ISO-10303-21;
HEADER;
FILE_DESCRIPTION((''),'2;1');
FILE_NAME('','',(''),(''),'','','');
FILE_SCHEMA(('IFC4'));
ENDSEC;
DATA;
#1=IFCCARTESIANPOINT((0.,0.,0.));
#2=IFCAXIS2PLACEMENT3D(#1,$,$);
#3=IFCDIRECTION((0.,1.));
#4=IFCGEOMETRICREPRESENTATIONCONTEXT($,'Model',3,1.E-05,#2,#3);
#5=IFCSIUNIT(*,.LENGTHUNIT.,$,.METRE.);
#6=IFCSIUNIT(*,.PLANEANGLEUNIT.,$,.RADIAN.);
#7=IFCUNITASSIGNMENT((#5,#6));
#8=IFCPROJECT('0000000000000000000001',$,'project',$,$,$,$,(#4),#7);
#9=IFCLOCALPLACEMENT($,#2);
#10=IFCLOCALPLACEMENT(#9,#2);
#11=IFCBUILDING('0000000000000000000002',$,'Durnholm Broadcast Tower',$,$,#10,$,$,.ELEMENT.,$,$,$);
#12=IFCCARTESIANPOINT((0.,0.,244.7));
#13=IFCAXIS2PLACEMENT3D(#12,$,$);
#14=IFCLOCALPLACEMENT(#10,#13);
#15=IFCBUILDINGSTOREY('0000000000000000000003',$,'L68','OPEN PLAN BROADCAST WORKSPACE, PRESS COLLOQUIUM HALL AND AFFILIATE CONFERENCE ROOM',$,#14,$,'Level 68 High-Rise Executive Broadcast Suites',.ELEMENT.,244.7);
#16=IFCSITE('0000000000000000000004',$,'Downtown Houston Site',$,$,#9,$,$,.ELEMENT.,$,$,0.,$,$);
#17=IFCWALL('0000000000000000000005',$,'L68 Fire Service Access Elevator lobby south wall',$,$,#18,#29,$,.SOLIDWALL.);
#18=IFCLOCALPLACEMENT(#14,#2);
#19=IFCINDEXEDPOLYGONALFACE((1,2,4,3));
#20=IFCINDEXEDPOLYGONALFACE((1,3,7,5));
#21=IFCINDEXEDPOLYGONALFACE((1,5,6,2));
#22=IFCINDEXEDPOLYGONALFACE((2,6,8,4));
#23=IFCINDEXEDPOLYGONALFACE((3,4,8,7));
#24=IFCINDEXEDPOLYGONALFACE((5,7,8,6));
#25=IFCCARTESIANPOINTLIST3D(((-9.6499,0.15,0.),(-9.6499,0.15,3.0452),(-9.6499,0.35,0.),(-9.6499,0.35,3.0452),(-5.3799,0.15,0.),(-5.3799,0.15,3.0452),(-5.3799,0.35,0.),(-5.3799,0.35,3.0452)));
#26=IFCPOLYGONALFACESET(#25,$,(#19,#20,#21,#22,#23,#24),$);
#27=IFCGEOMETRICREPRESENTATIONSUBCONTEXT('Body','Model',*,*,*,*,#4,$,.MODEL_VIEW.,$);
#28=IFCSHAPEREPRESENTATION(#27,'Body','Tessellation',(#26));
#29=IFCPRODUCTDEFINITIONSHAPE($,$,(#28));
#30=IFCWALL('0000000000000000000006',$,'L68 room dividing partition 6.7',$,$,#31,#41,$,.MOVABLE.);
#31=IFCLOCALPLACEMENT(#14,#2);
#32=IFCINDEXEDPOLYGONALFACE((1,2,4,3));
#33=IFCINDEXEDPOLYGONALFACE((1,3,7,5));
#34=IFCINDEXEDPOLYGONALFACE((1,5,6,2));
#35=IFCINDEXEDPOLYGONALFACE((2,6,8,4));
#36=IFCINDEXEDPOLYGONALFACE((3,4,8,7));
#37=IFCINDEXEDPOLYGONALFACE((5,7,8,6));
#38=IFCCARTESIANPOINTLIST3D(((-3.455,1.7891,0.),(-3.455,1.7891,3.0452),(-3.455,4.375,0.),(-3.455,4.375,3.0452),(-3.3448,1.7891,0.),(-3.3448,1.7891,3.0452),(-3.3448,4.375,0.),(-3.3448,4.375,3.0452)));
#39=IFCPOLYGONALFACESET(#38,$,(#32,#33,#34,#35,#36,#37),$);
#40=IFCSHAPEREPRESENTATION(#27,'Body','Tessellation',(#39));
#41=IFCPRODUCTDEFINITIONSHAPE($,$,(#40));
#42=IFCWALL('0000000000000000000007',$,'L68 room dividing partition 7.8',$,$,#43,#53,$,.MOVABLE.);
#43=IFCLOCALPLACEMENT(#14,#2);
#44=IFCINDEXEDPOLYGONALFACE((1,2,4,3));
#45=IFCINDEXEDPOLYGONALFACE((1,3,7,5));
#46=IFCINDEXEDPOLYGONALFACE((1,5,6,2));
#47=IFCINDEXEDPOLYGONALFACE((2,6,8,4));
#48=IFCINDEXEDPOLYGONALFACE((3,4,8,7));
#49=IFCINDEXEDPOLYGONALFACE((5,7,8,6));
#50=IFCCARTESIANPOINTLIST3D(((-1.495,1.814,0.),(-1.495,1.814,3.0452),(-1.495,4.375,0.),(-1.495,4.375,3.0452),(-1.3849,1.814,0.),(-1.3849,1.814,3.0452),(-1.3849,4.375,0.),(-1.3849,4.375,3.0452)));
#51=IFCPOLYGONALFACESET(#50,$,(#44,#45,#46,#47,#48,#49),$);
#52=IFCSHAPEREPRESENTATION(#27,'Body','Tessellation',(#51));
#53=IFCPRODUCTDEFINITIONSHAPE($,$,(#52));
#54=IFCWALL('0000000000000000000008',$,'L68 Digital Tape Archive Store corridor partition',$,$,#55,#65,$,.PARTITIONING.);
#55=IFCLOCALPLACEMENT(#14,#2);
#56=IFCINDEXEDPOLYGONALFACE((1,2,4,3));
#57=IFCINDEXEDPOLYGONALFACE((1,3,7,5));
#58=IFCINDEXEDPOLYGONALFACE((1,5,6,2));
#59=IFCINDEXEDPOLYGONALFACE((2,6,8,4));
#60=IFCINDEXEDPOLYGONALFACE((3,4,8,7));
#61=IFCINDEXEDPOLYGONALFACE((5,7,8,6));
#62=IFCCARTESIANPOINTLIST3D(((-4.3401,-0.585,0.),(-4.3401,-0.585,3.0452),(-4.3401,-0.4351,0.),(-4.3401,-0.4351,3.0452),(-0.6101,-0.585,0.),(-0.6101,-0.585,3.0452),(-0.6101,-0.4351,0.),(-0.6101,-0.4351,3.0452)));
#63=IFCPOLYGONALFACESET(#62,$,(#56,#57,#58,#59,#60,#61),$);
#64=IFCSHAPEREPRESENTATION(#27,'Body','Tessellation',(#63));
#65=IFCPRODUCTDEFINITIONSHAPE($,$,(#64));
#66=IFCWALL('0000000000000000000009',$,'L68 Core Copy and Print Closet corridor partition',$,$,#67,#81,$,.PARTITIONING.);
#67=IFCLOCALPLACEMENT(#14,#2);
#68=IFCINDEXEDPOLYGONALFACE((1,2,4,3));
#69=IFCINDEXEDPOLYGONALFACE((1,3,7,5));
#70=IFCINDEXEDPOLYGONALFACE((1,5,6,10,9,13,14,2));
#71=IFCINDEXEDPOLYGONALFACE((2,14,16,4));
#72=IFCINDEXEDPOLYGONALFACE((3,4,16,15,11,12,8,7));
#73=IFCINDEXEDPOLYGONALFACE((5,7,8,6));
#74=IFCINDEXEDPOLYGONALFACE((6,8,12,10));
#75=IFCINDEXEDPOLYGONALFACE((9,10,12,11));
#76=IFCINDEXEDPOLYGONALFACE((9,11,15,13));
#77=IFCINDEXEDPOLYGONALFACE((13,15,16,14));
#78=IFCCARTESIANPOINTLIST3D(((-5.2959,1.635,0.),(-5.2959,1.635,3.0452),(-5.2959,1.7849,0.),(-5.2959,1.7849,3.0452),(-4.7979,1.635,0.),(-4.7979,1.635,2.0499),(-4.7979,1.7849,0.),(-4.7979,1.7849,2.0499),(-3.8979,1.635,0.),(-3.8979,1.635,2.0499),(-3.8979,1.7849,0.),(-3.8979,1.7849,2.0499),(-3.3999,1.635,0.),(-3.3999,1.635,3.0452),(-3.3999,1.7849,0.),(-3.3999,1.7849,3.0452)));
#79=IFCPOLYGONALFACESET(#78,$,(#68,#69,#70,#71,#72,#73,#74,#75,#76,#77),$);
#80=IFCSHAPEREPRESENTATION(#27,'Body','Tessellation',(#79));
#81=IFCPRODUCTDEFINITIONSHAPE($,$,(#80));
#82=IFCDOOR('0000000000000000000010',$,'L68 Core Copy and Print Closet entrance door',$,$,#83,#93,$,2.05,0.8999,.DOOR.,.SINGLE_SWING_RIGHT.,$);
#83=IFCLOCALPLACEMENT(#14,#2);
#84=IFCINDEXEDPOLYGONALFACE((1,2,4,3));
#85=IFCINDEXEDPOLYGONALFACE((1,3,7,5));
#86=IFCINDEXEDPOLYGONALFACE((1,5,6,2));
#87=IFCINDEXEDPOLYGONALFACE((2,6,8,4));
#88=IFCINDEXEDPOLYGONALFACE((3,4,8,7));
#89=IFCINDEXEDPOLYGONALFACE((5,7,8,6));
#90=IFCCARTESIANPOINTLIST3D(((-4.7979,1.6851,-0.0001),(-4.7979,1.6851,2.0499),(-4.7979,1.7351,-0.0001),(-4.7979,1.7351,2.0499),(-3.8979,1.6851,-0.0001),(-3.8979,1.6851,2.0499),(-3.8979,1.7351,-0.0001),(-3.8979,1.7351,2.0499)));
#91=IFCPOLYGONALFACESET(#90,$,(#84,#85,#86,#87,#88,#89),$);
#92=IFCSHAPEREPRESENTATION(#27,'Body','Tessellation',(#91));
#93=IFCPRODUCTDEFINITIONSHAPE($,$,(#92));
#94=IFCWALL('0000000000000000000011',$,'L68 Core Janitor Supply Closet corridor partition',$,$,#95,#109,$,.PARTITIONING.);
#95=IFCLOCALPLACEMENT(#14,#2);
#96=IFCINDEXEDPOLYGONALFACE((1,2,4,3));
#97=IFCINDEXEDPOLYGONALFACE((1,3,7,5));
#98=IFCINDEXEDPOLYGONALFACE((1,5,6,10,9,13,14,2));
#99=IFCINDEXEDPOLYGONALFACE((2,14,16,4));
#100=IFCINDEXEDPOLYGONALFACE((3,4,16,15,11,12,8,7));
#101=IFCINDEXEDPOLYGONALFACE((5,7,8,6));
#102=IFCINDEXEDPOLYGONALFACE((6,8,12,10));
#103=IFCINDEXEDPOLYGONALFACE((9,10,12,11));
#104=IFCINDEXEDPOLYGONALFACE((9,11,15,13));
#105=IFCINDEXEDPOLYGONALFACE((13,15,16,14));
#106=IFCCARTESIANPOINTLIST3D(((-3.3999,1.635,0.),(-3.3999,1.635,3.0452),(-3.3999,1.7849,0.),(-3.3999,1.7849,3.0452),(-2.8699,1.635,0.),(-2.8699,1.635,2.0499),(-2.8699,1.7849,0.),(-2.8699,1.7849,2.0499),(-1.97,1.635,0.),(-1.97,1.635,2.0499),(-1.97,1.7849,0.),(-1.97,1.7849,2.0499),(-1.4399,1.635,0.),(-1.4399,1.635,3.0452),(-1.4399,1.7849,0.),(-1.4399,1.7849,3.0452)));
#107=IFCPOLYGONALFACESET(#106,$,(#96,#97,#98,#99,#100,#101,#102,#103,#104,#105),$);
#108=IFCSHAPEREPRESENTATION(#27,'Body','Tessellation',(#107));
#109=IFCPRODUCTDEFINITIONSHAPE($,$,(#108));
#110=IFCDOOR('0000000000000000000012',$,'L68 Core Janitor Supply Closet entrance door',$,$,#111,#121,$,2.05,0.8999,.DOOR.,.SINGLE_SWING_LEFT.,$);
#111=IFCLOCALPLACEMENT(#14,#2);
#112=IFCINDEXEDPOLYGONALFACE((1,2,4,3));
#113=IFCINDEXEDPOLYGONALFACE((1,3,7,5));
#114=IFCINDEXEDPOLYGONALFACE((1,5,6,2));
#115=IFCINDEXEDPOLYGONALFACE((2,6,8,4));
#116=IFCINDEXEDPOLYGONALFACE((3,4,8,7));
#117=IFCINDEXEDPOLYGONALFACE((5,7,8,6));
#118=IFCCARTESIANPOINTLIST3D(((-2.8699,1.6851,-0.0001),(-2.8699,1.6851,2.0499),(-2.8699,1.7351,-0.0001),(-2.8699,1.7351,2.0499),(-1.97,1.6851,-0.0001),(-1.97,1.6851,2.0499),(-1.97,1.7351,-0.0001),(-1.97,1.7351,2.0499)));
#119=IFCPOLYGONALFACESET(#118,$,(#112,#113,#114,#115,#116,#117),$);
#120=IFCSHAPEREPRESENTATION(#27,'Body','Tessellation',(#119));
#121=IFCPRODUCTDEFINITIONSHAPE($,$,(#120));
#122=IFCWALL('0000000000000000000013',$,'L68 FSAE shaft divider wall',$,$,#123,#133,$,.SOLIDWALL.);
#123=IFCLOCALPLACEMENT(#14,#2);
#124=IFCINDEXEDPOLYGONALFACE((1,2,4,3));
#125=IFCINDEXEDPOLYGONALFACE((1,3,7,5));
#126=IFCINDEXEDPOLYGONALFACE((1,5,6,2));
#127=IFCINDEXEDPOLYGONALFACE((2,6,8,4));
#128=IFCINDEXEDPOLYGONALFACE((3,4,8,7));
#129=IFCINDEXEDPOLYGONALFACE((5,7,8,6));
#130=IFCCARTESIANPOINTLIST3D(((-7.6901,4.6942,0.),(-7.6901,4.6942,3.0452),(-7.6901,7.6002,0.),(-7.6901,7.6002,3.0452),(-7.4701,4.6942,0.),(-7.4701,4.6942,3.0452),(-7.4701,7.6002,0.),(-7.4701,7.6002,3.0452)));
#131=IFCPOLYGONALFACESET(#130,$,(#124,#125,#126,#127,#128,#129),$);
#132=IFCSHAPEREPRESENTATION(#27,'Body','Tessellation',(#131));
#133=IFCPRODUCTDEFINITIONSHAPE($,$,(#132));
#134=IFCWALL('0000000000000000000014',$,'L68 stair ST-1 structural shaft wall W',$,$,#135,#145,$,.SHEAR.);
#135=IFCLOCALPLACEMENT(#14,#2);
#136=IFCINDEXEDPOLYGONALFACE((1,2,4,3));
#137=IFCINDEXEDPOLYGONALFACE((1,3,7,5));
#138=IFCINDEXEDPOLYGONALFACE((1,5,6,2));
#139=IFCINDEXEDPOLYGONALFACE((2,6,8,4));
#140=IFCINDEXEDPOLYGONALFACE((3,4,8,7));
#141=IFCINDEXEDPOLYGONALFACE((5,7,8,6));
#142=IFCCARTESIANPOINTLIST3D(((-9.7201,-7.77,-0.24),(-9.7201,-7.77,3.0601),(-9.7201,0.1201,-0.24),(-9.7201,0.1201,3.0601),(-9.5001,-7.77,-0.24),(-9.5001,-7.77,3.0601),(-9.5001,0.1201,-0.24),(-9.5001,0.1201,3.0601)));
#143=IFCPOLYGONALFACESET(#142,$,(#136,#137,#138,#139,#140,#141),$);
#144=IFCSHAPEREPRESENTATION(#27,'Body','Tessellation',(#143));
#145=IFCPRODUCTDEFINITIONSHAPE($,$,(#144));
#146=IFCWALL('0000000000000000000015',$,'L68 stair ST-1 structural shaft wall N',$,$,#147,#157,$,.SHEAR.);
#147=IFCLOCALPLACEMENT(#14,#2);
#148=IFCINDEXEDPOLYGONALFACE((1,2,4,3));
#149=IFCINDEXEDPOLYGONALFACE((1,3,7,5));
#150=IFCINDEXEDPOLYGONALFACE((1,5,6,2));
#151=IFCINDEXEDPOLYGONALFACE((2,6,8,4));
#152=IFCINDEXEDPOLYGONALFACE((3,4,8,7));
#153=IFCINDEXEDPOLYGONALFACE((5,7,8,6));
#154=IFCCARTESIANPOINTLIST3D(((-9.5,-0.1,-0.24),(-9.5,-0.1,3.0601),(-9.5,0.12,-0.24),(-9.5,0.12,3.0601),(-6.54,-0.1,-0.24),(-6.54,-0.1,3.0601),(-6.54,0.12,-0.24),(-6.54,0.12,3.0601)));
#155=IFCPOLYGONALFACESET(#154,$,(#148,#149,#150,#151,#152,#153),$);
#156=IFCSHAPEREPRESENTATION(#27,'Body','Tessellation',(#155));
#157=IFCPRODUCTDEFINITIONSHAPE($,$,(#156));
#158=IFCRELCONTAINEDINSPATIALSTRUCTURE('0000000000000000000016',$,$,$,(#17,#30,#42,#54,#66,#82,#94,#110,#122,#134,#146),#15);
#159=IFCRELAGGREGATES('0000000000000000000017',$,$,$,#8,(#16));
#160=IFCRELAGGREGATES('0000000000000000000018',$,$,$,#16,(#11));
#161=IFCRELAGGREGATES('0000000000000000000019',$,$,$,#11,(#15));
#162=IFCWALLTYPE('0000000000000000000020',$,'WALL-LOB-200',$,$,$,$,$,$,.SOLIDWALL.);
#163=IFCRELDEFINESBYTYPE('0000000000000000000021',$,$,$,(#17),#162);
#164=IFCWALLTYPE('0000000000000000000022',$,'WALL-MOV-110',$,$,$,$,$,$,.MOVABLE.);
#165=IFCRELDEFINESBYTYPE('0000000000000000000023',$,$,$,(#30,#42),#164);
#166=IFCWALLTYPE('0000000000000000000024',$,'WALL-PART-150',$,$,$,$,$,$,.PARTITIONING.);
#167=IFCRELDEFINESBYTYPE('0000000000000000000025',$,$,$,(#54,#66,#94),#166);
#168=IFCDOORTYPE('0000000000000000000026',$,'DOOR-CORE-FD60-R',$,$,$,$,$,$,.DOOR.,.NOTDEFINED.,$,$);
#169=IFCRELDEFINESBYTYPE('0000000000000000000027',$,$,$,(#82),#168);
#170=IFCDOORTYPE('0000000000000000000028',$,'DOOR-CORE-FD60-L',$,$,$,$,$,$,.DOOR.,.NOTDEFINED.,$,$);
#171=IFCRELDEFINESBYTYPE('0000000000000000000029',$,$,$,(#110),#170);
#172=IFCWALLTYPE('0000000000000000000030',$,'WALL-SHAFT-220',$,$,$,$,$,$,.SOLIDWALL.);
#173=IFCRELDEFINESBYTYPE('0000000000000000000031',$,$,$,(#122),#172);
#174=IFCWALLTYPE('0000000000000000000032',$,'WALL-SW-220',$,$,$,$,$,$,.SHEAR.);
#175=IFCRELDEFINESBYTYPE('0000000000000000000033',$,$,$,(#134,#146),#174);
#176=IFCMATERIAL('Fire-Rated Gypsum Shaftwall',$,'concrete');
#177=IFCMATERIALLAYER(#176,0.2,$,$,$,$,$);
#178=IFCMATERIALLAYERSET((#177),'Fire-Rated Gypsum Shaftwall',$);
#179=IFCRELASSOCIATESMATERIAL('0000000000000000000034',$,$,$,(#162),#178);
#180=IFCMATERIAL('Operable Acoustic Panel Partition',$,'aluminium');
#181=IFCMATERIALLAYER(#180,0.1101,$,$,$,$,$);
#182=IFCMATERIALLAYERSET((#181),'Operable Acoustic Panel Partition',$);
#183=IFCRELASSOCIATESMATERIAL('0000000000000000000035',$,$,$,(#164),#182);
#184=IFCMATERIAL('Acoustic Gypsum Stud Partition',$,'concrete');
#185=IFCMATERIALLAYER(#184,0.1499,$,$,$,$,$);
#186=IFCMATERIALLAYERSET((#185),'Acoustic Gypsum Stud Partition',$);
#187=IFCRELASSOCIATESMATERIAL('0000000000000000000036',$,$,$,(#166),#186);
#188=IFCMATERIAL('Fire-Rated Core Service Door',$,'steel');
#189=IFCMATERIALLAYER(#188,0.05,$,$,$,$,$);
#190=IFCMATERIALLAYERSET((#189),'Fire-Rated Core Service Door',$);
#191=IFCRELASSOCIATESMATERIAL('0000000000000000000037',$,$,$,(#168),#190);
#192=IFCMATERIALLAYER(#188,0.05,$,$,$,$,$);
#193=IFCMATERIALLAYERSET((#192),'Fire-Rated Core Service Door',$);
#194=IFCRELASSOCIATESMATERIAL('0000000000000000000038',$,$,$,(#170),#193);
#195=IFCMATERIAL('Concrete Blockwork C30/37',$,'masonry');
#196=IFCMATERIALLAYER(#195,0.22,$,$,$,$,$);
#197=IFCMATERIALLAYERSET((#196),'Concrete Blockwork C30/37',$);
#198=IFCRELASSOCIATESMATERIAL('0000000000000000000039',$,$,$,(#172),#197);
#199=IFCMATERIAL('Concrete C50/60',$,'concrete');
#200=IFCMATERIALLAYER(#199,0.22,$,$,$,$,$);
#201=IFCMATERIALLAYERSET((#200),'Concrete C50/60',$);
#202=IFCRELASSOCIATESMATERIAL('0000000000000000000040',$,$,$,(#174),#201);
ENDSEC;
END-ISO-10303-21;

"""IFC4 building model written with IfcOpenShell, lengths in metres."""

from ifc_helpers import new_model, si_unit, direction, frame, frame_2d, origin, place, context, subcontext, project, spatial, rectangle, extrude, source, transform, mapped, material, layer, layer_set, type_object, type_shapes, element, fill, save


model = new_model("IFC4")

# Units and contexts
model_context = context("Model", 3, precision=1e-05, world=origin(), true_north=direction((0.0, 1.0)))
body_context = subcontext(model_context, "Body", "Model", "MODEL_VIEW")
ifc_project = project(units=[si_unit("LENGTHUNIT", "METRE"), si_unit("PLANEANGLEUNIT", "RADIAN")], contexts=[model_context])

# Site, building, storey
site_placement = place(None, origin())
site = spatial("IfcSite", under=ifc_project, at=site_placement, Name="Downtown Houston Site", CompositionType="ELEMENT", RefElevation=0.0)
building_placement = place(site_placement, origin())
building = spatial("IfcBuilding", under=site, at=building_placement, Name="Durnholm Broadcast Tower", CompositionType="ELEMENT")
storey_placement = place(building_placement, frame((0.0, 0.0, 244.7)))
storey = spatial("IfcBuildingStorey", under=building, at=storey_placement, Name="L68", Description="OPEN PLAN BROADCAST WORKSPACE, PRESS COLLOQUIUM HALL AND AFFILIATE CONFERENCE ROOM", LongName="Level 68 High-Rise Executive Broadcast Suites", CompositionType="ELEMENT", Elevation=244.7)

# Wall
ifc_material_1 = material(Name="Fire-Rated Gypsum Shaftwall", Category="concrete")
ifc_layer_1 = layer(ifc_material_1, 0.2)
ifc_layer_set_1 = layer_set([ifc_layer_1], Name="Fire-Rated Gypsum Shaftwall")
wall_type_1 = type_object("IfcWallType", Name="WALL-LOB-200", PredefinedType="SOLIDWALL", material=ifc_layer_set_1)
wall_1_placement = place(storey_placement, frame((-9.6499, 0.25, 0.0), z_axis=(0.0, 0.0, 1.0), x_axis=(1.0, 0.0, 0.0)))
element("IfcWall", 1, at=wall_1_placement, inside=storey, type_object=wall_type_1, Name="L68 Fire Service Access Elevator lobby south wall", PredefinedType="SOLIDWALL", context=body_context, shape_type="SweptSolid", body=[
    extrude(rectangle(XDim=4.27, YDim=0.2, at=frame_2d((2.135, 0.0))), origin(), (0.0, 0.0, 1.0), 3.0452),
])

# Walls
ifc_material_2 = material(Name="Operable Acoustic Panel Partition", Category="aluminium")
ifc_layer_2 = layer(ifc_material_2, 0.1101)
ifc_layer_set_2 = layer_set([ifc_layer_2], Name="Operable Acoustic Panel Partition")
wall_type_2 = type_object("IfcWallType", Name="WALL-MOV-110", PredefinedType="MOVABLE", material=ifc_layer_set_2)
wall_2_placement = place(storey_placement, frame((-3.3999, 4.375, 0.0), z_axis=(0.0, 0.0, 1.0), x_axis=(0.0, -1.0, 0.0)))
element("IfcWall", 2, at=wall_2_placement, inside=storey, type_object=wall_type_2, Name="L68 room dividing partition 6.7", PredefinedType="MOVABLE", context=body_context, shape_type="SweptSolid", body=[
    extrude(rectangle(XDim=2.5859, YDim=0.1101, at=frame_2d((1.293, 0.0))), origin(), (0.0, 0.0, 1.0), 3.0452),
])
wall_3_placement = place(storey_placement, frame((-1.4399, 4.375, 0.0), z_axis=(0.0, 0.0, 1.0), x_axis=(0.0, -1.0, 0.0)))
element("IfcWall", 3, at=wall_3_placement, inside=storey, type_object=wall_type_2, Name="L68 room dividing partition 7.8", PredefinedType="MOVABLE", context=body_context, shape_type="SweptSolid", body=[
    extrude(rectangle(XDim=2.561, YDim=0.1101, at=frame_2d((1.2805, 0.0))), origin(), (0.0, 0.0, 1.0), 3.0452),
])
ifc_material_3 = material(Name="Acoustic Gypsum Stud Partition", Category="concrete")
ifc_layer_3 = layer(ifc_material_3, 0.1499)
ifc_layer_set_3 = layer_set([ifc_layer_3], Name="Acoustic Gypsum Stud Partition")
wall_type_3 = type_object("IfcWallType", Name="WALL-PART-150", PredefinedType="PARTITIONING", material=ifc_layer_set_3)
wall_4_placement = place(storey_placement, frame((-4.3401, -0.51, 0.0), z_axis=(0.0, 0.0, 1.0), x_axis=(1.0, 0.0, 0.0)))
element("IfcWall", 4, at=wall_4_placement, inside=storey, type_object=wall_type_3, Name="L68 Digital Tape Archive Store corridor partition", PredefinedType="PARTITIONING", context=body_context, shape_type="SweptSolid", body=[
    extrude(rectangle(XDim=3.73, YDim=0.1499, at=frame_2d((1.865, 0.0))), origin(), (0.0, 0.0, 1.0), 3.0452),
])

# Walls, openings, doors
wall_5_placement = place(storey_placement, frame((-3.3999, 1.71, 0.0), z_axis=(0.0, 0.0, 1.0), x_axis=(-1.0, 0.0, 0.0)))
wall_5 = element("IfcWall", 5, at=wall_5_placement, inside=storey, type_object=wall_type_3, Name="L68 Core Copy and Print Closet corridor partition", PredefinedType="PARTITIONING", context=body_context, shape_type="SweptSolid", body=[
    extrude(rectangle(XDim=1.896, YDim=0.1499, at=frame_2d((0.948, 0.0))), origin(), (0.0, 0.0, 1.0), 3.0452),
])
opening_1_placement = place(wall_5_placement, frame((0.498, 0.0, 0.0)))
opening_1 = element("IfcOpeningElement", 6, at=opening_1_placement, cuts=wall_5, PredefinedType="OPENING", context=body_context, shape_type="SweptSolid", body=[
    extrude(rectangle(XDim=0.8999, YDim=2.05, at=frame_2d((0.45, 1.0249))), frame((0.0, 0.085, 0.0), z_axis=(0.0, -1.0, 0.0), x_axis=(1.0, 0.0, 0.0)), (0.0, 0.0, 1.0), 0.1699),
])
ifc_material_4 = material(Name="Fire-Rated Core Service Door", Category="steel")
ifc_layer_4 = layer(ifc_material_4, 0.05)
ifc_layer_set_4 = layer_set([ifc_layer_4], Name="Fire-Rated Core Service Door")
door_type_1 = type_object("IfcDoorType", Name="DOOR-CORE-FD60-R", OperationType="NOTDEFINED", PredefinedType="DOOR", material=ifc_layer_set_4)
shared_shape_1 = source(origin(), body_context, "Body", "SweptSolid", [
    extrude(rectangle(XDim=0.8999, YDim=2.05, at=frame_2d((0.45, 1.0249))), frame((0.0, 0.0249, 0.0), z_axis=(0.0, -1.0, 0.0), x_axis=(1.0, 0.0, 0.0)), (0.0, 0.0, 1.0), 0.05),
])
type_shapes(door_type_1, [shared_shape_1])
door_1_placement = place(opening_1_placement, origin())
door_1 = element("IfcDoor", 7, at=door_1_placement, inside=storey, type_object=door_type_1, Name="L68 Core Copy and Print Closet entrance door", OperationType="SINGLE_SWING_RIGHT", OverallHeight=2.05, OverallWidth=0.8999, PredefinedType="DOOR", context=body_context, shape_type="MappedRepresentation", body=[
    mapped(shared_shape_1, transform((0.0, 0.0, 0.0), x_axis=(1.0, 0.0, 0.0), y_axis=(0.0, 1.0, 0.0), z_axis=(0.0, 0.0, 1.0), scale=1.0)),
])
fill(opening_1, door_1)
wall_6_placement = place(storey_placement, frame((-1.4399, 1.71, 0.0), z_axis=(0.0, 0.0, 1.0), x_axis=(-1.0, 0.0, 0.0)))
wall_6 = element("IfcWall", 8, at=wall_6_placement, inside=storey, type_object=wall_type_3, Name="L68 Core Janitor Supply Closet corridor partition", PredefinedType="PARTITIONING", context=body_context, shape_type="SweptSolid", body=[
    extrude(rectangle(XDim=1.96, YDim=0.1499, at=frame_2d((0.98, 0.0))), origin(), (0.0, 0.0, 1.0), 3.0452),
])
opening_2_placement = place(wall_6_placement, frame((0.53, 0.0, 0.0)))
opening_2 = element("IfcOpeningElement", 9, at=opening_2_placement, cuts=wall_6, PredefinedType="OPENING", context=body_context, shape_type="SweptSolid", body=[
    extrude(rectangle(XDim=0.8999, YDim=2.05, at=frame_2d((0.45, 1.0249))), frame((0.0, 0.085, 0.0), z_axis=(0.0, -1.0, 0.0), x_axis=(1.0, 0.0, 0.0)), (0.0, 0.0, 1.0), 0.1699),
])
ifc_layer_5 = layer(ifc_material_4, 0.05)
ifc_layer_set_5 = layer_set([ifc_layer_5], Name="Fire-Rated Core Service Door")
door_type_2 = type_object("IfcDoorType", Name="DOOR-CORE-FD60-L", OperationType="NOTDEFINED", PredefinedType="DOOR", material=ifc_layer_set_5)
shared_shape_2 = source(origin(), body_context, "Body", "SweptSolid", [
    extrude(rectangle(XDim=0.8999, YDim=2.05, at=frame_2d((0.45, 1.0249))), frame((0.0, 0.0249, 0.0), z_axis=(0.0, -1.0, 0.0), x_axis=(1.0, 0.0, 0.0)), (0.0, 0.0, 1.0), 0.05),
])
type_shapes(door_type_2, [shared_shape_2])
door_2_placement = place(opening_2_placement, origin())
door_2 = element("IfcDoor", 10, at=door_2_placement, inside=storey, type_object=door_type_2, Name="L68 Core Janitor Supply Closet entrance door", OperationType="SINGLE_SWING_LEFT", OverallHeight=2.05, OverallWidth=0.8999, PredefinedType="DOOR", context=body_context, shape_type="MappedRepresentation", body=[
    mapped(shared_shape_2, transform((0.0, 0.0, 0.0), x_axis=(1.0, 0.0, 0.0), y_axis=(0.0, 1.0, 0.0), z_axis=(0.0, 0.0, 1.0), scale=1.0)),
])
fill(opening_2, door_2)

# Shared definitions
ifc_material_5 = material(Name="Concrete Blockwork C30/37", Category="masonry")
ifc_layer_6 = layer(ifc_material_5, 0.22)
ifc_layer_set_6 = layer_set([ifc_layer_6], Name="Concrete Blockwork C30/37")
wall_type_4 = type_object("IfcWallType", Name="WALL-SHAFT-220", PredefinedType="SOLIDWALL", material=ifc_layer_set_6)

# Walls
wall_7_placement = place(storey_placement, frame((-7.5801, 4.6941, 0.0), z_axis=(0.0, 0.0, 1.0), x_axis=(0.0, 1.0, 0.0)))
element("IfcWall", 11, at=wall_7_placement, inside=storey, type_object=wall_type_4, Name="L68 FSAE shaft divider wall", PredefinedType="SOLIDWALL", context=body_context, shape_type="SweptSolid", body=[
    extrude(rectangle(XDim=2.906, YDim=0.22, at=frame_2d((1.4531, 0.0))), origin(), (0.0, 0.0, 1.0), 3.0452),
])
ifc_material_6 = material(Name="Concrete C50/60", Category="concrete")
ifc_layer_7 = layer(ifc_material_6, 0.22)
ifc_layer_set_7 = layer_set([ifc_layer_7], Name="Concrete C50/60")
wall_type_5 = type_object("IfcWallType", Name="WALL-SW-220", PredefinedType="SHEAR", material=ifc_layer_set_7)
wall_8_placement = place(storey_placement, frame((-9.6101, 0.1201, -0.24), z_axis=(0.0, 0.0, 1.0), x_axis=(0.0, -1.0, 0.0)))
element("IfcWall", 12, at=wall_8_placement, inside=storey, type_object=wall_type_5, Name="L68 stair ST-1 structural shaft wall W", PredefinedType="SHEAR", context=body_context, shape_type="SweptSolid", body=[
    extrude(rectangle(XDim=7.8901, YDim=0.22, at=frame_2d((3.9451, 0.0))), origin(), (0.0, 0.0, 1.0), 3.3),
])
wall_9_placement = place(storey_placement, frame((-6.54, 0.01, -0.24), z_axis=(0.0, 0.0, 1.0), x_axis=(-1.0, 0.0, 0.0)))
element("IfcWall", 13, at=wall_9_placement, inside=storey, type_object=wall_type_5, Name="L68 stair ST-1 structural shaft wall N", PredefinedType="SHEAR", context=body_context, shape_type="SweptSolid", body=[
    extrude(rectangle(XDim=2.96, YDim=0.22, at=frame_2d((1.48, 0.0))), origin(), (0.0, 0.0, 1.0), 3.3),
])

save(model, "model.ifc")
